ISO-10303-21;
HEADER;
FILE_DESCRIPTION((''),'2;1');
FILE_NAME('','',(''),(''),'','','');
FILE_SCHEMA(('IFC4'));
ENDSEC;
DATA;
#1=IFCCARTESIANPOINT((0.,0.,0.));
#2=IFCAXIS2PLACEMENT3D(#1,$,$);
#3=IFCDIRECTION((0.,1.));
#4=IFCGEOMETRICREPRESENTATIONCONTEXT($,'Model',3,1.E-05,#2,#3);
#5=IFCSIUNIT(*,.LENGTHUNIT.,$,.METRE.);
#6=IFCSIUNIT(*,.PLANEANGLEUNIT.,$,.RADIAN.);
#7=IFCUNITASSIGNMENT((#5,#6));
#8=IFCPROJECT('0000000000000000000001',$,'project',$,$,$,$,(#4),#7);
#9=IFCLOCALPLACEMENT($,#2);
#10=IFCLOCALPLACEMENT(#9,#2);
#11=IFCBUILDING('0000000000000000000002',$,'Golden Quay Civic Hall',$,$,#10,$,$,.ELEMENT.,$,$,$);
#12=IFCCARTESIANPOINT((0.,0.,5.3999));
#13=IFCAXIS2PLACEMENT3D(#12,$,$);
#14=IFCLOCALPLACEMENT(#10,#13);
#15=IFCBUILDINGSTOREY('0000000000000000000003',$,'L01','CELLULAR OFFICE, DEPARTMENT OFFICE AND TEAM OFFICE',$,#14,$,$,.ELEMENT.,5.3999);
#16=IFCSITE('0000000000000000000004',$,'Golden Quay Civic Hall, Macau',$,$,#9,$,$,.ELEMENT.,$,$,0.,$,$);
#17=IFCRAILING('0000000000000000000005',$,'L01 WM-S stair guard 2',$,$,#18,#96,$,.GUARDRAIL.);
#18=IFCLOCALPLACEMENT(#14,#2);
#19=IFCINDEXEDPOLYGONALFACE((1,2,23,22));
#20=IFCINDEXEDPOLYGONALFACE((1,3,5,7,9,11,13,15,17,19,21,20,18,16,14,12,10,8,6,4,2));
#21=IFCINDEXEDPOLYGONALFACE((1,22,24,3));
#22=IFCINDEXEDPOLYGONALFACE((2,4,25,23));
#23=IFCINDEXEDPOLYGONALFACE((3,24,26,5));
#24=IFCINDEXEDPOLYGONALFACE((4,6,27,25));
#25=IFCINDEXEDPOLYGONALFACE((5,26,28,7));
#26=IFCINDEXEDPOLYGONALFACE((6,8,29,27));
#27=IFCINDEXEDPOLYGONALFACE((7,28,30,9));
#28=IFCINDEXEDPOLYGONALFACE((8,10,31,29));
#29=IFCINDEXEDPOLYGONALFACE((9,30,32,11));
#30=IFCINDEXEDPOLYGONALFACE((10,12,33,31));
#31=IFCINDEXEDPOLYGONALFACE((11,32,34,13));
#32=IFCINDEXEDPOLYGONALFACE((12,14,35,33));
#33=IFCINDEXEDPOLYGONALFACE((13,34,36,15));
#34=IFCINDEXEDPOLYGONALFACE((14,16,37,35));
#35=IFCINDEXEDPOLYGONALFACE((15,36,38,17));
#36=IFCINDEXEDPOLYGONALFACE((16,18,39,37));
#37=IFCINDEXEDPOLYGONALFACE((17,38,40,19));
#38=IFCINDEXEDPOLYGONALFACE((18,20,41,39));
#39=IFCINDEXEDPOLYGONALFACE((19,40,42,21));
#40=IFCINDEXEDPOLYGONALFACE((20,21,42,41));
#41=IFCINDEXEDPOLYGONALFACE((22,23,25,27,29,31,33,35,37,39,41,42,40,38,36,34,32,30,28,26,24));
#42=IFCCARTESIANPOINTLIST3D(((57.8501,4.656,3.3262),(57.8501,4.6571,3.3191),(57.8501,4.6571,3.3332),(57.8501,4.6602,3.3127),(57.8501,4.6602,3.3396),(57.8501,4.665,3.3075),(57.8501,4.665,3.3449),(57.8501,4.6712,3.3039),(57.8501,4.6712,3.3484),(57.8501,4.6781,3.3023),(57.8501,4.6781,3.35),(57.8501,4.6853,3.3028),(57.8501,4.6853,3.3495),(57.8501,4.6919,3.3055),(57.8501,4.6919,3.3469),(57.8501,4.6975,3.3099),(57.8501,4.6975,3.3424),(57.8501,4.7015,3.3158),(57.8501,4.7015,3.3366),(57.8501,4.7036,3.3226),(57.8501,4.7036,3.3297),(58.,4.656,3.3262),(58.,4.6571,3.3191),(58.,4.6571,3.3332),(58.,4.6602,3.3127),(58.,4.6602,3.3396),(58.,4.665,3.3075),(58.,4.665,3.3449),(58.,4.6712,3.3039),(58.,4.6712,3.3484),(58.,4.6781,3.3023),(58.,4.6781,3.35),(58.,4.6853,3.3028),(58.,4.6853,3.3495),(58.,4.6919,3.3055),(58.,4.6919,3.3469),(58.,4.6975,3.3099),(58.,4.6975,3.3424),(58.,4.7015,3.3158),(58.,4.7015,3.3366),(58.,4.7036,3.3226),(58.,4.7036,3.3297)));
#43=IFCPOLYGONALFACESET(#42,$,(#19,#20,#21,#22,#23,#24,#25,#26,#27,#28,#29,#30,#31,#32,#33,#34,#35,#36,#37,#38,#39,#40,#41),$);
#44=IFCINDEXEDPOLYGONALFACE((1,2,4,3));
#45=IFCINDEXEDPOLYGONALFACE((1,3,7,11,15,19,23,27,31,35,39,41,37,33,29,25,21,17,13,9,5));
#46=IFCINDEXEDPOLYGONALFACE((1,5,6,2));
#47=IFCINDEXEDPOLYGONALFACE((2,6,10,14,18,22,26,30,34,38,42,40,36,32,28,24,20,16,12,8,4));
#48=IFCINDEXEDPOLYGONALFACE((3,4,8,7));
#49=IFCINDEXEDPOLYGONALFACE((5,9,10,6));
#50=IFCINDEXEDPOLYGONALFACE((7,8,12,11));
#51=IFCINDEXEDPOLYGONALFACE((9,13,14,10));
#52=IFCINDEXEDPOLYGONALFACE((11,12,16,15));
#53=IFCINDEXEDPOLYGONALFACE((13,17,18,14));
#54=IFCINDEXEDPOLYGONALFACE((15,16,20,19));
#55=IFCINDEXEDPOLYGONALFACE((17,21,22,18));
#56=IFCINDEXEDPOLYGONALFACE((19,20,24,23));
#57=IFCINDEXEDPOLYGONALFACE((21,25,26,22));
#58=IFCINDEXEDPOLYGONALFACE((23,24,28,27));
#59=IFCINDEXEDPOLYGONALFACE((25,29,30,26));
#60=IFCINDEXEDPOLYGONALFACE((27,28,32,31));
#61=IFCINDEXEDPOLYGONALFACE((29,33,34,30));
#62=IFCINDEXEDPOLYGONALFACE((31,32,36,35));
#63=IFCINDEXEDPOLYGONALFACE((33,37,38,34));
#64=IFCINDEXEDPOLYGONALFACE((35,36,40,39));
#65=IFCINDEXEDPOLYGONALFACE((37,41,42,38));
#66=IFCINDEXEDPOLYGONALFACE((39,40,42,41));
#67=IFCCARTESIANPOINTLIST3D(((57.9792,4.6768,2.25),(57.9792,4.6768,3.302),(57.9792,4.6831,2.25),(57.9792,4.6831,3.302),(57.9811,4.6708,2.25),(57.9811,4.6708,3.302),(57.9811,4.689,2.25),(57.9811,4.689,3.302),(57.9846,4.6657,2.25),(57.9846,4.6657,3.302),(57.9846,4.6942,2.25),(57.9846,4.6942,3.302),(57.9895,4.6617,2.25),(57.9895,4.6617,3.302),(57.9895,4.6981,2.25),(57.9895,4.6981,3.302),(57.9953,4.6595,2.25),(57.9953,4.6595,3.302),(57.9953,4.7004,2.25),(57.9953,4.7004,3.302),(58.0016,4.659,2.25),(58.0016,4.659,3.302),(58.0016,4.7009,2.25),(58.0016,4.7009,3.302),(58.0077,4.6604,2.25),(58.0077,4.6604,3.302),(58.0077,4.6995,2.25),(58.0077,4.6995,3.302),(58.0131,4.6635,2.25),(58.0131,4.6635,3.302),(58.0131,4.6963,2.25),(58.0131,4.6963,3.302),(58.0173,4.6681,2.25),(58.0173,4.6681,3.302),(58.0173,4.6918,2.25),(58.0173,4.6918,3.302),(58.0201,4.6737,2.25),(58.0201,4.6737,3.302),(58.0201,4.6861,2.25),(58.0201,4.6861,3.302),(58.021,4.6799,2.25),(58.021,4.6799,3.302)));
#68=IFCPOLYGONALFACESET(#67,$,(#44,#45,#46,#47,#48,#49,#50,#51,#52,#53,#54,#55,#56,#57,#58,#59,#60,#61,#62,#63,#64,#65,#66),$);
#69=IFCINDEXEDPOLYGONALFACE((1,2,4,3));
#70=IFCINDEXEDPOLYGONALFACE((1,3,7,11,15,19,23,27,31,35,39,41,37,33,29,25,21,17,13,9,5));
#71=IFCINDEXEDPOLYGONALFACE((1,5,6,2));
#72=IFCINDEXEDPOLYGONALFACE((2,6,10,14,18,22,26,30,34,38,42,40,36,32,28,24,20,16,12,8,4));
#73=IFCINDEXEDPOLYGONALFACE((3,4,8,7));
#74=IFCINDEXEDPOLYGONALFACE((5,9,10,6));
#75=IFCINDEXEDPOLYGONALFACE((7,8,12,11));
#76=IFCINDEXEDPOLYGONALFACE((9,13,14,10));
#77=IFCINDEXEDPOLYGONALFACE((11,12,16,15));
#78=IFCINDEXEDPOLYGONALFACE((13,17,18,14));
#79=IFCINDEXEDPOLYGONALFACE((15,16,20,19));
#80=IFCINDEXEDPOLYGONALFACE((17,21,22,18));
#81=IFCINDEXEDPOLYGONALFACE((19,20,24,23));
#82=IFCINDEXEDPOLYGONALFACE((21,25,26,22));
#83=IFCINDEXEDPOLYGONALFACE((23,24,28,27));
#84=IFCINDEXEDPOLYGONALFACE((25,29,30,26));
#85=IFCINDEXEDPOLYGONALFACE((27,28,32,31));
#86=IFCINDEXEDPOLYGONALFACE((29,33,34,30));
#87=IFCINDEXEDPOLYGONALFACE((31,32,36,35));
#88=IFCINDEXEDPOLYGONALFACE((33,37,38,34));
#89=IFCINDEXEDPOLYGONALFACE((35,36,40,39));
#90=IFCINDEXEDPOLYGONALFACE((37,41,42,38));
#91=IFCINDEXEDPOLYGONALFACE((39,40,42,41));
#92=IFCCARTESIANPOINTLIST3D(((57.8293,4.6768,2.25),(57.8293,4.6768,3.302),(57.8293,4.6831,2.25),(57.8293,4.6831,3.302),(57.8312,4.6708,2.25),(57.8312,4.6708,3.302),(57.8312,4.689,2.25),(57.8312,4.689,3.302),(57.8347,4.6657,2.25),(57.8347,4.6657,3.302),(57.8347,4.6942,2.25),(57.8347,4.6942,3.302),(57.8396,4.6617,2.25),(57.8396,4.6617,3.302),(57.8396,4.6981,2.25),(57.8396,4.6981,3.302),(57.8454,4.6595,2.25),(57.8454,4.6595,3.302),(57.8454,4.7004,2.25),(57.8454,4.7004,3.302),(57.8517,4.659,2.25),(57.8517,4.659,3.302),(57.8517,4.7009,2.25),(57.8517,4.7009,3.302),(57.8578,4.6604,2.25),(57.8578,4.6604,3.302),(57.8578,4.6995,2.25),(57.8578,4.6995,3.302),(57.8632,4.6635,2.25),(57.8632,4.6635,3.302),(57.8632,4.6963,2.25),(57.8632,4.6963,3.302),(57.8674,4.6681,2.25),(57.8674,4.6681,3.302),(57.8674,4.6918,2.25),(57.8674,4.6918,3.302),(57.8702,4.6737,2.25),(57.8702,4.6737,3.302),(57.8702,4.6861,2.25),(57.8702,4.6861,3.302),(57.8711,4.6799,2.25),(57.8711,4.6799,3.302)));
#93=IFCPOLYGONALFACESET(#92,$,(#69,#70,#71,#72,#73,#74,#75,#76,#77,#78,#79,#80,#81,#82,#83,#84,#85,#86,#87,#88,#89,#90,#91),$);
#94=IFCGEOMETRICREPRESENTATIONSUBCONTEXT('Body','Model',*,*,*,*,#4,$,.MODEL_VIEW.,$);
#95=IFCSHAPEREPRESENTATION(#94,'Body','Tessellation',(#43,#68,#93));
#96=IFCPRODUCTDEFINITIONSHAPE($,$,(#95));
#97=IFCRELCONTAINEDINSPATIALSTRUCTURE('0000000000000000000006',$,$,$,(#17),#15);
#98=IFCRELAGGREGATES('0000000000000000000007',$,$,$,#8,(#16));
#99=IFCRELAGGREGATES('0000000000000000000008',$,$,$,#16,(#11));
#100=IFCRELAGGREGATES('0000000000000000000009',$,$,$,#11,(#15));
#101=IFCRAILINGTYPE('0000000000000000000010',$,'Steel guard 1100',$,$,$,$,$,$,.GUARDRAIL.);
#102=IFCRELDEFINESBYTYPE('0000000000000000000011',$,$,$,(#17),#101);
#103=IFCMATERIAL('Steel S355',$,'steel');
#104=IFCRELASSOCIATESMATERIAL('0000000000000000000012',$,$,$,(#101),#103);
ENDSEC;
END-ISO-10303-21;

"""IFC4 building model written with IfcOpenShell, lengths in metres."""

from ifc_helpers import new_model, si_unit, direction, frame, origin, origin_2d, place, context, subcontext, project, spatial, circle, extrude, material, type_object, element, save


model = new_model("IFC4")

# Units and contexts
model_context = context("Model", 3, precision=1e-05, world=origin(), true_north=direction((0.0, 1.0)))
body_context = subcontext(model_context, "Body", "Model", "MODEL_VIEW")
ifc_project = project(units=[si_unit("LENGTHUNIT", "METRE"), si_unit("PLANEANGLEUNIT", "RADIAN")], contexts=[model_context])

# Site, building, storey
site_placement = place(None, origin())
site = spatial("IfcSite", under=ifc_project, at=site_placement, Name="Golden Quay Civic Hall, Macau", CompositionType="ELEMENT", RefElevation=0.0)
building_placement = place(site_placement, origin())
building = spatial("IfcBuilding", under=site, at=building_placement, Name="Golden Quay Civic Hall", CompositionType="ELEMENT")
storey_placement = place(building_placement, frame((0.0, 0.0, 5.3999)))
storey = spatial("IfcBuildingStorey", under=building, at=storey_placement, Name="L01", Description="CELLULAR OFFICE, DEPARTMENT OFFICE AND TEAM OFFICE", CompositionType="ELEMENT", Elevation=5.3999)

# Railing
ifc_material_1 = material(Name="Steel S355", Category="steel")
railing_type_1 = type_object("IfcRailingType", Name="Steel guard 1100", PredefinedType="GUARDRAIL", material=ifc_material_1)
railing_1_placement = place(storey_placement, frame((58.0, 4.6799, 2.25)))
element("IfcRailing", 1, at=railing_1_placement, inside=storey, type_object=railing_type_1, Name="L01 WM-S stair guard 2", PredefinedType="GUARDRAIL", context=body_context, shape_type="SweptSolid", body=[
    extrude(circle(Radius=0.0239, at=origin_2d()), frame((0.0, 0.0, 1.0762), z_axis=(-1.0, 0.0, 0.0), x_axis=(0.0, -1.0, 0.0)), (0.0, 0.0, 1.0), 0.1499),
    extrude(circle(Radius=0.021, at=origin_2d()), origin(), (0.0, 0.0, 1.0), 1.052),
    extrude(circle(Radius=0.021, at=origin_2d()), frame((-0.1499, 0.0, 0.0)), (0.0, 0.0, 1.0), 1.052),
])

save(model, "model.ifc")
